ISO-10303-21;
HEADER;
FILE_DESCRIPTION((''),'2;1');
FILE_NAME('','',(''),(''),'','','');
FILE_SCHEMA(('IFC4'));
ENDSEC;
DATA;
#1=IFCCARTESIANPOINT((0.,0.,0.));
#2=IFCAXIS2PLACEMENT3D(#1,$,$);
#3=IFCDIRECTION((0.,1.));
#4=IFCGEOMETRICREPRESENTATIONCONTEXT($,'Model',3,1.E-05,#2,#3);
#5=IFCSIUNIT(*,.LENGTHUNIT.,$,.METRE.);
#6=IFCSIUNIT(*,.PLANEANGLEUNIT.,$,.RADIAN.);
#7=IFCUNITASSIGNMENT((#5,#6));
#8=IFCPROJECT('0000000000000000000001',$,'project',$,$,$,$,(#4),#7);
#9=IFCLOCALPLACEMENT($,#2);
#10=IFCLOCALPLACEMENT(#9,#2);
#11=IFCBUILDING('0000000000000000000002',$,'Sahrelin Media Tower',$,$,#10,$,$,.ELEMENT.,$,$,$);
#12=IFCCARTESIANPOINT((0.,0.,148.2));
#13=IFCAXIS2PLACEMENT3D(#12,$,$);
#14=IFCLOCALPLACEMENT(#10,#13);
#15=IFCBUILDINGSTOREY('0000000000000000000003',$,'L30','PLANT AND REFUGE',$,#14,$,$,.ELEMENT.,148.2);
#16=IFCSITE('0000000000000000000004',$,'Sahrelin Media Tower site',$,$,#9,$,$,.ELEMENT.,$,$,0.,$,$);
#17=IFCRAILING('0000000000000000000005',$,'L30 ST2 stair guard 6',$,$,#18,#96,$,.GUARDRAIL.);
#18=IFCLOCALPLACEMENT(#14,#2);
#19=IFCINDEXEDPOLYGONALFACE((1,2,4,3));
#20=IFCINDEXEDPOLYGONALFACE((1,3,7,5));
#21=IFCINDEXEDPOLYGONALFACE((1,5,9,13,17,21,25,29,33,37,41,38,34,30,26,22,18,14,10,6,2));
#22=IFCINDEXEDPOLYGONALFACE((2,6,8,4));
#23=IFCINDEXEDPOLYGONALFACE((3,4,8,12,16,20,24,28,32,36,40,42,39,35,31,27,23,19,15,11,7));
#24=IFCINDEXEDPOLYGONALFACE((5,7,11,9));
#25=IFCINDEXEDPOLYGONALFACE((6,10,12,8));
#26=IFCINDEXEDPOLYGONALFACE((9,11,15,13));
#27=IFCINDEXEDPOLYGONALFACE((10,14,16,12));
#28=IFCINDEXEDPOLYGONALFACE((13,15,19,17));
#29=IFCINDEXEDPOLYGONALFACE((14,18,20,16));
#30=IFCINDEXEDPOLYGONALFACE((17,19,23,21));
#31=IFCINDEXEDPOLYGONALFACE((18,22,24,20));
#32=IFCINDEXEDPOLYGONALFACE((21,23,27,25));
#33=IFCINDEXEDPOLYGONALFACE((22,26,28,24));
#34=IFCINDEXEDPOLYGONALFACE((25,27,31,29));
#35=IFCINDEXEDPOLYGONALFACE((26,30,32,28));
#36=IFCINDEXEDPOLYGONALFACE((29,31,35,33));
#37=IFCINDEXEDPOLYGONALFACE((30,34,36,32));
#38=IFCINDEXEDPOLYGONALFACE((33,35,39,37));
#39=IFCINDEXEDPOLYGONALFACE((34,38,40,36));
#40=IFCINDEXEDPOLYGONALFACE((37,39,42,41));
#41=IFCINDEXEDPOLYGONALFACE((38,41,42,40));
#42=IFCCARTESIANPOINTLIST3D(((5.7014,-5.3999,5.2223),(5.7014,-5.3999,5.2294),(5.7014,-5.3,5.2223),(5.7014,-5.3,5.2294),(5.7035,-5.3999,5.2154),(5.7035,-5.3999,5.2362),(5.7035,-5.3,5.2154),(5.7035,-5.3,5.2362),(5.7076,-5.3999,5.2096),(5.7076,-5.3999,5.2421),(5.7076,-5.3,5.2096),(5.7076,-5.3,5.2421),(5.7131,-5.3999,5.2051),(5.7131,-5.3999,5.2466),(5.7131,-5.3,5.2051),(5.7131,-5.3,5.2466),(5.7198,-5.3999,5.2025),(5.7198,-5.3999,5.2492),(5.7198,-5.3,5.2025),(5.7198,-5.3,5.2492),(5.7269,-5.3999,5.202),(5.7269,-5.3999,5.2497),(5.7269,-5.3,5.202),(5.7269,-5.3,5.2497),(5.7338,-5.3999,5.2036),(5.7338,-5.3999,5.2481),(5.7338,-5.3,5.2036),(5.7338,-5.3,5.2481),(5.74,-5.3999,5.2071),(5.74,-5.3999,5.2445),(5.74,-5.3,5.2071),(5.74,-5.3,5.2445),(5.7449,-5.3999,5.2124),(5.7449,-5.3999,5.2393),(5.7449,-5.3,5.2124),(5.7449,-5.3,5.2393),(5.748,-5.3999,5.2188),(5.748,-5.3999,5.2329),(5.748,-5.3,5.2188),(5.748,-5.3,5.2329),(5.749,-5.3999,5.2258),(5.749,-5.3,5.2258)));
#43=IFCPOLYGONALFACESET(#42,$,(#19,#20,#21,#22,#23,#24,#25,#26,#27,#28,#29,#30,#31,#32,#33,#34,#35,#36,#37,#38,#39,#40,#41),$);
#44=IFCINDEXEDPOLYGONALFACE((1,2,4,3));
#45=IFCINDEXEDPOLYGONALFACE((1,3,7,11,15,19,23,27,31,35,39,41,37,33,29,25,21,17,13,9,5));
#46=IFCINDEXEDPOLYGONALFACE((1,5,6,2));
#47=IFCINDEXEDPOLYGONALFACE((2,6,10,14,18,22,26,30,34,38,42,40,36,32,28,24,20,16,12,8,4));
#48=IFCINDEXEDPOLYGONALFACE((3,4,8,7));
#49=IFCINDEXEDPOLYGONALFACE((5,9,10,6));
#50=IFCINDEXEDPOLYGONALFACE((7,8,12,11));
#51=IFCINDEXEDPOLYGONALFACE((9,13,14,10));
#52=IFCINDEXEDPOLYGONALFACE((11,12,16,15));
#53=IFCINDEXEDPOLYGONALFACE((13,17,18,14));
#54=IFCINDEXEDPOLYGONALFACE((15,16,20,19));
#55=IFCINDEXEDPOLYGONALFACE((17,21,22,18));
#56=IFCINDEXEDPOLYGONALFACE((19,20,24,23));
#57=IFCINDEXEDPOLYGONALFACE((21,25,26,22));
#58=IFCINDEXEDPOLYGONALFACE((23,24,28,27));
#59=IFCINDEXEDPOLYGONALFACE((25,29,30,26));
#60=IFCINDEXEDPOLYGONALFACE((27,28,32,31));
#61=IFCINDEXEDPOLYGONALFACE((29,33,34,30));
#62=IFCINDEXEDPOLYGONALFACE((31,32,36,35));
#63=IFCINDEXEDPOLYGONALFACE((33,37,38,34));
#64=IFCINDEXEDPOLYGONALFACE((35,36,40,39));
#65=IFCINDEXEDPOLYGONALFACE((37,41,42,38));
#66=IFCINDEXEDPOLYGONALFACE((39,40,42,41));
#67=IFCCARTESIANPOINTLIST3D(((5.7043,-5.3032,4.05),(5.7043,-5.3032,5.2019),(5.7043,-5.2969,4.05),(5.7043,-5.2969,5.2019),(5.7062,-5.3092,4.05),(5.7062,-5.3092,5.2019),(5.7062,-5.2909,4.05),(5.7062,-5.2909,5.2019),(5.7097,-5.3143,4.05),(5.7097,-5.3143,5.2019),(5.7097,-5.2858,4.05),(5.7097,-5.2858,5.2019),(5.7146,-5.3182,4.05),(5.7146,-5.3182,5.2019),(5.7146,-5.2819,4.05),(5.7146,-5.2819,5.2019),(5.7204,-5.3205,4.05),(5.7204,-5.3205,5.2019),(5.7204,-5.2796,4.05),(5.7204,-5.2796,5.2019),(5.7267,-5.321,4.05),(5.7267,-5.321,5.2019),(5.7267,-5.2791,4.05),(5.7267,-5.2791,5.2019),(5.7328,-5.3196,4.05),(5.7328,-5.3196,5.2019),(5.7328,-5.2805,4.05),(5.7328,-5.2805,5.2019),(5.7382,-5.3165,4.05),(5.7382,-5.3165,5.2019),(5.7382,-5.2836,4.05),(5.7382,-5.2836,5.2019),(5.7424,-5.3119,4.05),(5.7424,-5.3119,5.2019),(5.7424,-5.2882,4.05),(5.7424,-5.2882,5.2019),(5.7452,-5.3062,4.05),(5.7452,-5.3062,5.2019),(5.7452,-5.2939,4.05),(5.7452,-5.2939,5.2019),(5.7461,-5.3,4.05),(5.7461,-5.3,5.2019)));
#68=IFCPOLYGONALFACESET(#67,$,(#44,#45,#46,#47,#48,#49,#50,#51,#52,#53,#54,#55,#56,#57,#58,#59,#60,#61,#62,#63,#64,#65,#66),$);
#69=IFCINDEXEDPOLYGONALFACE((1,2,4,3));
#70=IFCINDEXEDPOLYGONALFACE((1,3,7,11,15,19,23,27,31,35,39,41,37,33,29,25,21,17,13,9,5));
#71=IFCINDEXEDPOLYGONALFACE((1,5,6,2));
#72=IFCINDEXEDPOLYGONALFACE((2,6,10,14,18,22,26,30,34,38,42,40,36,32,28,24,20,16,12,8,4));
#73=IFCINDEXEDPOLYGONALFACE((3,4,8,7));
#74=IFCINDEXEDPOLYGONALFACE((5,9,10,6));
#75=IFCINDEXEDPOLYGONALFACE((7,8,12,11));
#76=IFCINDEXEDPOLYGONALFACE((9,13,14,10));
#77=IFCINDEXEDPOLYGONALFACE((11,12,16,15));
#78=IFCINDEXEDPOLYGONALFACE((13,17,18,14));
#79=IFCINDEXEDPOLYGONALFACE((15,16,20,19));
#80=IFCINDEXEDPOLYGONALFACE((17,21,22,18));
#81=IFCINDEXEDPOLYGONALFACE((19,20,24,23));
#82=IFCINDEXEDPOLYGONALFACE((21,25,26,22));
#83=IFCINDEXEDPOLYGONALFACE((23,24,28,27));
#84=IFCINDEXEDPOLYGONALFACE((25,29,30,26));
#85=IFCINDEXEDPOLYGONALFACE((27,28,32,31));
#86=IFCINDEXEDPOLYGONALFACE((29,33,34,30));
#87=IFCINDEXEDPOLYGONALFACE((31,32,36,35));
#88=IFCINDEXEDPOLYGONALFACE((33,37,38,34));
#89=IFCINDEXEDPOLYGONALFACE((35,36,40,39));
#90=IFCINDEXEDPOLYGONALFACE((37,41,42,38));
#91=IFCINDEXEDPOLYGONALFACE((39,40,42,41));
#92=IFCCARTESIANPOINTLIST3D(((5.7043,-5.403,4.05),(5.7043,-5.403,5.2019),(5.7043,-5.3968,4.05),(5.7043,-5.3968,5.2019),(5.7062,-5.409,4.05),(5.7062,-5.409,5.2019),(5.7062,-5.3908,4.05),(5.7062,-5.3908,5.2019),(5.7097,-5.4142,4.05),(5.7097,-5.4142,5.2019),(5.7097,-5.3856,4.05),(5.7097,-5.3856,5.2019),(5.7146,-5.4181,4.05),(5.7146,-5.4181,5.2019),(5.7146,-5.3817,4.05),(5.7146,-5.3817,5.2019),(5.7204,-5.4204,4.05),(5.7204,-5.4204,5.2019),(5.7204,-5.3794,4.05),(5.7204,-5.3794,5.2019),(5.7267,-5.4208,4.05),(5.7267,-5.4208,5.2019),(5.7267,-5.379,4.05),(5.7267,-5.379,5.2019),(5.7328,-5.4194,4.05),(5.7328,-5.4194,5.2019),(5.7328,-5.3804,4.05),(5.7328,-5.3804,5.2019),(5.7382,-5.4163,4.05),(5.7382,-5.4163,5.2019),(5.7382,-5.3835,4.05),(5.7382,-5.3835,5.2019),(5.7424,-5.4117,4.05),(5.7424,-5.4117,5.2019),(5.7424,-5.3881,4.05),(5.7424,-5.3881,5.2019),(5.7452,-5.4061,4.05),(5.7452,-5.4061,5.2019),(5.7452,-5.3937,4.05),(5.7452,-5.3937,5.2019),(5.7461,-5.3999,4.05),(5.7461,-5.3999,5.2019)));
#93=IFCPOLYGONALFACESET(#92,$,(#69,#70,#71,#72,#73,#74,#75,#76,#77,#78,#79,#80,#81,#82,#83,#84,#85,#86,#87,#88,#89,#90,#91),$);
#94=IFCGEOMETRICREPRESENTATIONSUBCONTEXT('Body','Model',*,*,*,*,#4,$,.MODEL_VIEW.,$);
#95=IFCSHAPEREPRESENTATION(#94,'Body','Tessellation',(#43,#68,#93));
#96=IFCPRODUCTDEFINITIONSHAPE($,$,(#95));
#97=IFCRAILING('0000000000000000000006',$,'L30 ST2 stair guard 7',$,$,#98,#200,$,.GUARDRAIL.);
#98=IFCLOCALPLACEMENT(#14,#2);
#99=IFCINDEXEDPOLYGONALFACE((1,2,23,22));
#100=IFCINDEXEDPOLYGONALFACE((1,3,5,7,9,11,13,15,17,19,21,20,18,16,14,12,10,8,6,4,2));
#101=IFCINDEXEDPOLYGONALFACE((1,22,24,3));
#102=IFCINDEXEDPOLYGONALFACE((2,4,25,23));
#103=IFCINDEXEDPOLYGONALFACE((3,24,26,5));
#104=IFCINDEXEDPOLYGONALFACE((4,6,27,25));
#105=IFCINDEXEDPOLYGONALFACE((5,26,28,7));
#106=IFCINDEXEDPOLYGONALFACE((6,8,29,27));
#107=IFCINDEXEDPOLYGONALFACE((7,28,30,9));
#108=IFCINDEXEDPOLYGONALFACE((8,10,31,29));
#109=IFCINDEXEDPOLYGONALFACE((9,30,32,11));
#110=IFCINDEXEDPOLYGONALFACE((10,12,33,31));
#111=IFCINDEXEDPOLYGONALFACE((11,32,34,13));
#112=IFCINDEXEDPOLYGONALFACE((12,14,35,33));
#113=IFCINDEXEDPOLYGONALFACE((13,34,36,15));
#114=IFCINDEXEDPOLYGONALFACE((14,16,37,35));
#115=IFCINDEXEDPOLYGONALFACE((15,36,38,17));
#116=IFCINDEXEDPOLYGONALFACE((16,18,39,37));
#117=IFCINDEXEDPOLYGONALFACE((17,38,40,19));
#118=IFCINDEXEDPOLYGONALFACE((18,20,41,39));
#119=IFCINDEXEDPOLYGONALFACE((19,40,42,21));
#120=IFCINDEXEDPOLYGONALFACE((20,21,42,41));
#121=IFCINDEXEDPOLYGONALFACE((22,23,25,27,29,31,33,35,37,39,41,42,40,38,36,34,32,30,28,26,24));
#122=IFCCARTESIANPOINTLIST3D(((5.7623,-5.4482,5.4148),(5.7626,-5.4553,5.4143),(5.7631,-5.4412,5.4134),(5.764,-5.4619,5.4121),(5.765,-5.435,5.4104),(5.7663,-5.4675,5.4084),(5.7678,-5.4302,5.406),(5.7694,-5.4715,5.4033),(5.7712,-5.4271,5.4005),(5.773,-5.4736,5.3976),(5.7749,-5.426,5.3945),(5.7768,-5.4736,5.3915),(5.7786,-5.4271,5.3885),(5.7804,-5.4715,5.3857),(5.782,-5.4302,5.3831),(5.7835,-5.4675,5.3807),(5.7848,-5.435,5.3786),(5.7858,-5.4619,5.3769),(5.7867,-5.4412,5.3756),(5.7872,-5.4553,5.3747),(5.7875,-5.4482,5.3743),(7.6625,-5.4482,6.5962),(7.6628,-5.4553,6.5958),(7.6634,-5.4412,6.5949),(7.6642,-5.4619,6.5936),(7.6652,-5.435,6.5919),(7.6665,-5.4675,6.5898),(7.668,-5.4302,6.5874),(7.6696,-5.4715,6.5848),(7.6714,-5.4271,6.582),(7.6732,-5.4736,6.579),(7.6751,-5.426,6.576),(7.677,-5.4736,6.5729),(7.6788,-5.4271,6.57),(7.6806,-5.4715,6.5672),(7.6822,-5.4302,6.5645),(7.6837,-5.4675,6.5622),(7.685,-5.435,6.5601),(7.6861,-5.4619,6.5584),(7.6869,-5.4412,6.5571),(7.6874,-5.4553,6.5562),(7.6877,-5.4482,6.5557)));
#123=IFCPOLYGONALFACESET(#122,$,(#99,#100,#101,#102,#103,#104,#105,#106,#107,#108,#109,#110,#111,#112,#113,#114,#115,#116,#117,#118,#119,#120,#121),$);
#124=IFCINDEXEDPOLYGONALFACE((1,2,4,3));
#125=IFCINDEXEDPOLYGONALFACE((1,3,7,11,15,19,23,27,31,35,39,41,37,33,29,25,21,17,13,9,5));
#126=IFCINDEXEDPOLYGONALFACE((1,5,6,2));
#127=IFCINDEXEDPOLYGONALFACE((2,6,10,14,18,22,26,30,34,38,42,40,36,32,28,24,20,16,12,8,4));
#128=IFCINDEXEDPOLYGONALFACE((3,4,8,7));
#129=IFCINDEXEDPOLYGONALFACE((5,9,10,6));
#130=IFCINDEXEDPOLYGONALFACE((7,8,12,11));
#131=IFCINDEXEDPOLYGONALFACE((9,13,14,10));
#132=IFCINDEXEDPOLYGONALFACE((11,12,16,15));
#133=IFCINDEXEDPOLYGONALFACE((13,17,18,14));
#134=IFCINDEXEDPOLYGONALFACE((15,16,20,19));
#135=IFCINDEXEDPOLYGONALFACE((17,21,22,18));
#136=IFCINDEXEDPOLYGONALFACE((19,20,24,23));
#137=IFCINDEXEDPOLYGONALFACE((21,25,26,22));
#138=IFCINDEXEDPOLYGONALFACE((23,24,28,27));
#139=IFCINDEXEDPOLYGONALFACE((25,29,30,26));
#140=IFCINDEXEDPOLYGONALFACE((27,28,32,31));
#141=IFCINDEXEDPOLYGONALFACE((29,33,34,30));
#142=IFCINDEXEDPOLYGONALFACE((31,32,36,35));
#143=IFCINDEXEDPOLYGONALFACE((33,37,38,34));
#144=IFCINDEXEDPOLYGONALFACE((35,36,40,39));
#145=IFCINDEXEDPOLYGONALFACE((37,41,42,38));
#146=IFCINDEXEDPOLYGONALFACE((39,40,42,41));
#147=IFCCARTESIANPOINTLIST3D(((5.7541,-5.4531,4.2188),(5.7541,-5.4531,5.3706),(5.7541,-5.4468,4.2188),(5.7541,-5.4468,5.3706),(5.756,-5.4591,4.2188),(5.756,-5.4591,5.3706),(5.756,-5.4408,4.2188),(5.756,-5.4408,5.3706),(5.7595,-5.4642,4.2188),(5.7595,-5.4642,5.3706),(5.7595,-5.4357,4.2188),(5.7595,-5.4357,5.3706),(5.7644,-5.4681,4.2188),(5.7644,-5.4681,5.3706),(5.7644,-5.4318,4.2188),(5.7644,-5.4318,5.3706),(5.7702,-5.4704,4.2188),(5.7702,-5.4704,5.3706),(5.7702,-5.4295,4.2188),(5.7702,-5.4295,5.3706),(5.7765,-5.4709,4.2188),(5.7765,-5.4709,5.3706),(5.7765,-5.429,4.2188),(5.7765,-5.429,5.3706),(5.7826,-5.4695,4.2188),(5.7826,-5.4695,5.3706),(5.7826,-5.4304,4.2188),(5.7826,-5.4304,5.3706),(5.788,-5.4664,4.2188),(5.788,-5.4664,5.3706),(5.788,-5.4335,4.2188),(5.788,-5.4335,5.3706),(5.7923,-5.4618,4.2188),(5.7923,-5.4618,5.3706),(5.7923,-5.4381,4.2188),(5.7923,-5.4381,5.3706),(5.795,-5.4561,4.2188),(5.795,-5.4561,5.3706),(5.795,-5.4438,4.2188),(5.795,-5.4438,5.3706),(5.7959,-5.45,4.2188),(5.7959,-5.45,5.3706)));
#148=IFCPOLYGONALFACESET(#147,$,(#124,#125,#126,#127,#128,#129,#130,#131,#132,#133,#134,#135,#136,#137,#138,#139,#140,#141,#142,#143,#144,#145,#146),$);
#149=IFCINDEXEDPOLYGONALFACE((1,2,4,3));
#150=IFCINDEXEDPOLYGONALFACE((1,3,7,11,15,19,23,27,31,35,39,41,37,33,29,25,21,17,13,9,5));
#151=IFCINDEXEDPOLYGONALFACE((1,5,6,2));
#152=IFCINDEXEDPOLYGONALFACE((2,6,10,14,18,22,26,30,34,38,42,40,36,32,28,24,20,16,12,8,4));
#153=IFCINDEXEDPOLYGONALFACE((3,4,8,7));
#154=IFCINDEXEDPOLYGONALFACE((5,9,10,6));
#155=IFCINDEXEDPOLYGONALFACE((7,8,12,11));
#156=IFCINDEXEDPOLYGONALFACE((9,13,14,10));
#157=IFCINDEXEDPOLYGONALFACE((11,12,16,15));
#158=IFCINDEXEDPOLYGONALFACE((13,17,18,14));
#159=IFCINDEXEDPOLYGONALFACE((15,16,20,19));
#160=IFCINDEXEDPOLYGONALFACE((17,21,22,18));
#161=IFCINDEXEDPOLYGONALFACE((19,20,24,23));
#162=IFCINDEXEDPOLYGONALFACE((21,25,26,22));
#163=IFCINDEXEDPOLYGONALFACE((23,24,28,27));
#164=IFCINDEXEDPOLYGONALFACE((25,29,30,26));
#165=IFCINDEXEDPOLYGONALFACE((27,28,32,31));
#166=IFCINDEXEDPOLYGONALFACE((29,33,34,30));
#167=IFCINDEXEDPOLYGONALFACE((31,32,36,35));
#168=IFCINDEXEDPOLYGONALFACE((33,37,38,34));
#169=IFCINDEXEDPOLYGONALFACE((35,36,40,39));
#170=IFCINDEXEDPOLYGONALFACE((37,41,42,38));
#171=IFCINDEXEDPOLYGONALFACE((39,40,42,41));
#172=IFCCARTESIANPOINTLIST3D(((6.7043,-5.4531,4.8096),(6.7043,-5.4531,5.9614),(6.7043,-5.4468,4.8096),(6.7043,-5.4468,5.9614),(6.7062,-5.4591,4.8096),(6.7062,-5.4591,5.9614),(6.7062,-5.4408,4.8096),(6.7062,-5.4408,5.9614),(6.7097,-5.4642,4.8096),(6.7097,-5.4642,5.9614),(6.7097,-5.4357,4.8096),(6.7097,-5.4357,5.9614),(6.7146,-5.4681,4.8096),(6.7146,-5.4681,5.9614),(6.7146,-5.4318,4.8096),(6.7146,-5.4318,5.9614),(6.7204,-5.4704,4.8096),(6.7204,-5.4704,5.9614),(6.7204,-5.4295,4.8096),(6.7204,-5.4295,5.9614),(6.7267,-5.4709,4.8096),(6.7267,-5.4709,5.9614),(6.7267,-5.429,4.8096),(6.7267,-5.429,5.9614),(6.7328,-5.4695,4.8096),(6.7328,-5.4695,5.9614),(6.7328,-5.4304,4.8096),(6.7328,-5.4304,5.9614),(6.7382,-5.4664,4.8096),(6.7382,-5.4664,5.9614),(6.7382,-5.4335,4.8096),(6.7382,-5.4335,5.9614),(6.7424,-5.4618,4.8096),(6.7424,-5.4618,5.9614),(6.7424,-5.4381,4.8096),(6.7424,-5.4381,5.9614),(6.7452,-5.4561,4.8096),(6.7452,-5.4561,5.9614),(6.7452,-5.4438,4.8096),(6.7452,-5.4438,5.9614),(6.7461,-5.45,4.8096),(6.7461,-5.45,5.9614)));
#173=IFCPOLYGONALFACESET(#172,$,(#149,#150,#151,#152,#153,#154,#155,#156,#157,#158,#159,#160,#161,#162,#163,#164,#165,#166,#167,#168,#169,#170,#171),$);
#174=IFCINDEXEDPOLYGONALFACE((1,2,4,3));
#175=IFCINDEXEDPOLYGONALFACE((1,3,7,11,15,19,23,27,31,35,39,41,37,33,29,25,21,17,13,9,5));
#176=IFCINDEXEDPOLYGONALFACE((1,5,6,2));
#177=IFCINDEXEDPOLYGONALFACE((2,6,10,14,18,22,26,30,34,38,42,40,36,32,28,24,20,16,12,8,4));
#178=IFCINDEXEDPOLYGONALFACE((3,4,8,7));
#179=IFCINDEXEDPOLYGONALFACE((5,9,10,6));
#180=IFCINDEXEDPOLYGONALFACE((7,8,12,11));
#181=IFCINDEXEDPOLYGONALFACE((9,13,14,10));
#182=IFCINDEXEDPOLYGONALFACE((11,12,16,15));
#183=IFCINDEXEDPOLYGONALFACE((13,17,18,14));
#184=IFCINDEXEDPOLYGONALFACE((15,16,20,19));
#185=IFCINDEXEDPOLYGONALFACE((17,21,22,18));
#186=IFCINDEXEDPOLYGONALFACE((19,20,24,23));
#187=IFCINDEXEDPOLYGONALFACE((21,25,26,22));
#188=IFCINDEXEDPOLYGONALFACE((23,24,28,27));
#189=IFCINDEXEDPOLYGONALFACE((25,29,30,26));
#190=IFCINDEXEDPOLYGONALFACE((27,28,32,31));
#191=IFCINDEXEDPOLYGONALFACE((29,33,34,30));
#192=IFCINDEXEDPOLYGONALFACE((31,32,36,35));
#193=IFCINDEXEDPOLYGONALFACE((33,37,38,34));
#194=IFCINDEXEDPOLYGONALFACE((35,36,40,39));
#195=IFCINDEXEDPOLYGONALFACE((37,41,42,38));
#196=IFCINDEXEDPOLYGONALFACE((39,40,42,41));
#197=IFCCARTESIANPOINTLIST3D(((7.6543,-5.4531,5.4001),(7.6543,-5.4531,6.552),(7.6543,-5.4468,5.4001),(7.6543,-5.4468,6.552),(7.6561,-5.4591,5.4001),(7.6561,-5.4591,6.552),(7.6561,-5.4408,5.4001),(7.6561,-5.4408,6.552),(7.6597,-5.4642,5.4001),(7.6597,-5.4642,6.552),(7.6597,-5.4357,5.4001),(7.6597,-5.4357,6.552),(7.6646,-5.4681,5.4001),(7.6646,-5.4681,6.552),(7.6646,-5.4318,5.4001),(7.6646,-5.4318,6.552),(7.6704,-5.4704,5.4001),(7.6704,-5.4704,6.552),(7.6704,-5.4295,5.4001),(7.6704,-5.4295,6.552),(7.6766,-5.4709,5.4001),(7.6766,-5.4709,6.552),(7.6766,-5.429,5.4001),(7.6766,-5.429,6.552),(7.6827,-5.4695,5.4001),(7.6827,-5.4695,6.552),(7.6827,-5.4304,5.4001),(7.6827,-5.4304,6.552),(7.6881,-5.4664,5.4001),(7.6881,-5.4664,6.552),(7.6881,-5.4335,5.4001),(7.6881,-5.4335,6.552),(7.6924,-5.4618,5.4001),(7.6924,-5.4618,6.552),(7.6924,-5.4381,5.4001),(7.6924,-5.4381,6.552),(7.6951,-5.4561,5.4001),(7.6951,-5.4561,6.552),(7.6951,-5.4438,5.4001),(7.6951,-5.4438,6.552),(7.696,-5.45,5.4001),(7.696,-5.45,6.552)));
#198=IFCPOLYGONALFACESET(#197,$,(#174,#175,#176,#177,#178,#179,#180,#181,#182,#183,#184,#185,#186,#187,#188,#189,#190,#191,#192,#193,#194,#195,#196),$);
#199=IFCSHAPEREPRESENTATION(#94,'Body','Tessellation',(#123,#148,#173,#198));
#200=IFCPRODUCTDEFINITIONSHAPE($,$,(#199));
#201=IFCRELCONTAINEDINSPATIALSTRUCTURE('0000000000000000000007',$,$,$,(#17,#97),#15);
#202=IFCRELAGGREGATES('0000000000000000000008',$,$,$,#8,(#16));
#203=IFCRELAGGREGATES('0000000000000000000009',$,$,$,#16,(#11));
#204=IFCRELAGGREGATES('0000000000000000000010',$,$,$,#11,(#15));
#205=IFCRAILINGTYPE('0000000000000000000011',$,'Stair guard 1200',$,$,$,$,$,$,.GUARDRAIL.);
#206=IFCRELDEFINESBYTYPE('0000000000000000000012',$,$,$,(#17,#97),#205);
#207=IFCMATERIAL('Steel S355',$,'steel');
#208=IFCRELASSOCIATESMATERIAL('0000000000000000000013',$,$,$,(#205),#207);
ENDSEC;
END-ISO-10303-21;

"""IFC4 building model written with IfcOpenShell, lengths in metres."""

from ifc_helpers import new_model, si_unit, direction, frame, origin, origin_2d, place, context, subcontext, project, spatial, circle, extrude, material, type_object, element, save


model = new_model("IFC4")

# Units and contexts
model_context = context("Model", 3, precision=1e-05, world=origin(), true_north=direction((0.0, 1.0)))
body_context = subcontext(model_context, "Body", "Model", "MODEL_VIEW")
ifc_project = project(units=[si_unit("LENGTHUNIT", "METRE"), si_unit("PLANEANGLEUNIT", "RADIAN")], contexts=[model_context])

# Site, building, storey
site_placement = place(None, origin())
site = spatial("IfcSite", under=ifc_project, at=site_placement, Name="Sahrelin Media Tower site", CompositionType="ELEMENT", RefElevation=0.0)
building_placement = place(site_placement, origin())
building = spatial("IfcBuilding", under=site, at=building_placement, Name="Sahrelin Media Tower", CompositionType="ELEMENT")
storey_placement = place(building_placement, frame((0.0, 0.0, 148.2)))
storey = spatial("IfcBuildingStorey", under=building, at=storey_placement, Name="L30", Description="PLANT AND REFUGE", CompositionType="ELEMENT", Elevation=148.2)

# Shared definitions
ifc_material_1 = material(Name="Steel S355", Category="steel")

# Railings
railing_type_1 = type_object("IfcRailingType", Name="Stair guard 1200", PredefinedType="GUARDRAIL", material=ifc_material_1)
railing_1_placement = place(storey_placement, frame((5.7251, -5.3, 4.05)))
element("IfcRailing", 1, at=railing_1_placement, inside=storey, type_object=railing_type_1, Name="L30 ST2 stair guard 6", PredefinedType="GUARDRAIL", context=body_context, shape_type="SweptSolid", body=[
    extrude(circle(Radius=0.0239, at=origin_2d()), frame((0.0, 0.0, 1.1758), z_axis=(0.0, -1.0, 0.0), x_axis=(1.0, 0.0, 0.0)), (0.0, 0.0, 1.0), 0.0999),
    extrude(circle(Radius=0.021, at=origin_2d()), origin(), (0.0, 0.0, 1.0), 1.1519),
    extrude(circle(Radius=0.021, at=origin_2d()), frame((0.0, -0.0999, 0.0)), (0.0, 0.0, 1.0), 1.1519),
])
railing_2_placement = place(storey_placement, frame((5.7749, -5.45, 4.2188)))
element("IfcRailing", 2, at=railing_2_placement, inside=storey, type_object=railing_type_1, Name="L30 ST2 stair guard 7", PredefinedType="GUARDRAIL", context=body_context, shape_type="SweptSolid", body=[
    extrude(circle(Radius=0.0239, at=origin_2d()), frame((0.0, 0.0, 1.1758), z_axis=(0.84924, 0.0, 0.528006), x_axis=(0.0, 1.0, 0.0)), (0.0, 0.0, 1.0), 2.2375),
    extrude(circle(Radius=0.021, at=origin_2d()), origin(), (0.0, 0.0, 1.0), 1.1519),
    extrude(circle(Radius=0.021, at=origin_2d()), frame((0.9502, 0.0, 0.5908)), (0.0, 0.0, 1.0), 1.1519),
    extrude(circle(Radius=0.021, at=origin_2d()), frame((1.9001, 0.0, 1.1814)), (0.0, 0.0, 1.0), 1.1519),
])

save(model, "model.ifc")
